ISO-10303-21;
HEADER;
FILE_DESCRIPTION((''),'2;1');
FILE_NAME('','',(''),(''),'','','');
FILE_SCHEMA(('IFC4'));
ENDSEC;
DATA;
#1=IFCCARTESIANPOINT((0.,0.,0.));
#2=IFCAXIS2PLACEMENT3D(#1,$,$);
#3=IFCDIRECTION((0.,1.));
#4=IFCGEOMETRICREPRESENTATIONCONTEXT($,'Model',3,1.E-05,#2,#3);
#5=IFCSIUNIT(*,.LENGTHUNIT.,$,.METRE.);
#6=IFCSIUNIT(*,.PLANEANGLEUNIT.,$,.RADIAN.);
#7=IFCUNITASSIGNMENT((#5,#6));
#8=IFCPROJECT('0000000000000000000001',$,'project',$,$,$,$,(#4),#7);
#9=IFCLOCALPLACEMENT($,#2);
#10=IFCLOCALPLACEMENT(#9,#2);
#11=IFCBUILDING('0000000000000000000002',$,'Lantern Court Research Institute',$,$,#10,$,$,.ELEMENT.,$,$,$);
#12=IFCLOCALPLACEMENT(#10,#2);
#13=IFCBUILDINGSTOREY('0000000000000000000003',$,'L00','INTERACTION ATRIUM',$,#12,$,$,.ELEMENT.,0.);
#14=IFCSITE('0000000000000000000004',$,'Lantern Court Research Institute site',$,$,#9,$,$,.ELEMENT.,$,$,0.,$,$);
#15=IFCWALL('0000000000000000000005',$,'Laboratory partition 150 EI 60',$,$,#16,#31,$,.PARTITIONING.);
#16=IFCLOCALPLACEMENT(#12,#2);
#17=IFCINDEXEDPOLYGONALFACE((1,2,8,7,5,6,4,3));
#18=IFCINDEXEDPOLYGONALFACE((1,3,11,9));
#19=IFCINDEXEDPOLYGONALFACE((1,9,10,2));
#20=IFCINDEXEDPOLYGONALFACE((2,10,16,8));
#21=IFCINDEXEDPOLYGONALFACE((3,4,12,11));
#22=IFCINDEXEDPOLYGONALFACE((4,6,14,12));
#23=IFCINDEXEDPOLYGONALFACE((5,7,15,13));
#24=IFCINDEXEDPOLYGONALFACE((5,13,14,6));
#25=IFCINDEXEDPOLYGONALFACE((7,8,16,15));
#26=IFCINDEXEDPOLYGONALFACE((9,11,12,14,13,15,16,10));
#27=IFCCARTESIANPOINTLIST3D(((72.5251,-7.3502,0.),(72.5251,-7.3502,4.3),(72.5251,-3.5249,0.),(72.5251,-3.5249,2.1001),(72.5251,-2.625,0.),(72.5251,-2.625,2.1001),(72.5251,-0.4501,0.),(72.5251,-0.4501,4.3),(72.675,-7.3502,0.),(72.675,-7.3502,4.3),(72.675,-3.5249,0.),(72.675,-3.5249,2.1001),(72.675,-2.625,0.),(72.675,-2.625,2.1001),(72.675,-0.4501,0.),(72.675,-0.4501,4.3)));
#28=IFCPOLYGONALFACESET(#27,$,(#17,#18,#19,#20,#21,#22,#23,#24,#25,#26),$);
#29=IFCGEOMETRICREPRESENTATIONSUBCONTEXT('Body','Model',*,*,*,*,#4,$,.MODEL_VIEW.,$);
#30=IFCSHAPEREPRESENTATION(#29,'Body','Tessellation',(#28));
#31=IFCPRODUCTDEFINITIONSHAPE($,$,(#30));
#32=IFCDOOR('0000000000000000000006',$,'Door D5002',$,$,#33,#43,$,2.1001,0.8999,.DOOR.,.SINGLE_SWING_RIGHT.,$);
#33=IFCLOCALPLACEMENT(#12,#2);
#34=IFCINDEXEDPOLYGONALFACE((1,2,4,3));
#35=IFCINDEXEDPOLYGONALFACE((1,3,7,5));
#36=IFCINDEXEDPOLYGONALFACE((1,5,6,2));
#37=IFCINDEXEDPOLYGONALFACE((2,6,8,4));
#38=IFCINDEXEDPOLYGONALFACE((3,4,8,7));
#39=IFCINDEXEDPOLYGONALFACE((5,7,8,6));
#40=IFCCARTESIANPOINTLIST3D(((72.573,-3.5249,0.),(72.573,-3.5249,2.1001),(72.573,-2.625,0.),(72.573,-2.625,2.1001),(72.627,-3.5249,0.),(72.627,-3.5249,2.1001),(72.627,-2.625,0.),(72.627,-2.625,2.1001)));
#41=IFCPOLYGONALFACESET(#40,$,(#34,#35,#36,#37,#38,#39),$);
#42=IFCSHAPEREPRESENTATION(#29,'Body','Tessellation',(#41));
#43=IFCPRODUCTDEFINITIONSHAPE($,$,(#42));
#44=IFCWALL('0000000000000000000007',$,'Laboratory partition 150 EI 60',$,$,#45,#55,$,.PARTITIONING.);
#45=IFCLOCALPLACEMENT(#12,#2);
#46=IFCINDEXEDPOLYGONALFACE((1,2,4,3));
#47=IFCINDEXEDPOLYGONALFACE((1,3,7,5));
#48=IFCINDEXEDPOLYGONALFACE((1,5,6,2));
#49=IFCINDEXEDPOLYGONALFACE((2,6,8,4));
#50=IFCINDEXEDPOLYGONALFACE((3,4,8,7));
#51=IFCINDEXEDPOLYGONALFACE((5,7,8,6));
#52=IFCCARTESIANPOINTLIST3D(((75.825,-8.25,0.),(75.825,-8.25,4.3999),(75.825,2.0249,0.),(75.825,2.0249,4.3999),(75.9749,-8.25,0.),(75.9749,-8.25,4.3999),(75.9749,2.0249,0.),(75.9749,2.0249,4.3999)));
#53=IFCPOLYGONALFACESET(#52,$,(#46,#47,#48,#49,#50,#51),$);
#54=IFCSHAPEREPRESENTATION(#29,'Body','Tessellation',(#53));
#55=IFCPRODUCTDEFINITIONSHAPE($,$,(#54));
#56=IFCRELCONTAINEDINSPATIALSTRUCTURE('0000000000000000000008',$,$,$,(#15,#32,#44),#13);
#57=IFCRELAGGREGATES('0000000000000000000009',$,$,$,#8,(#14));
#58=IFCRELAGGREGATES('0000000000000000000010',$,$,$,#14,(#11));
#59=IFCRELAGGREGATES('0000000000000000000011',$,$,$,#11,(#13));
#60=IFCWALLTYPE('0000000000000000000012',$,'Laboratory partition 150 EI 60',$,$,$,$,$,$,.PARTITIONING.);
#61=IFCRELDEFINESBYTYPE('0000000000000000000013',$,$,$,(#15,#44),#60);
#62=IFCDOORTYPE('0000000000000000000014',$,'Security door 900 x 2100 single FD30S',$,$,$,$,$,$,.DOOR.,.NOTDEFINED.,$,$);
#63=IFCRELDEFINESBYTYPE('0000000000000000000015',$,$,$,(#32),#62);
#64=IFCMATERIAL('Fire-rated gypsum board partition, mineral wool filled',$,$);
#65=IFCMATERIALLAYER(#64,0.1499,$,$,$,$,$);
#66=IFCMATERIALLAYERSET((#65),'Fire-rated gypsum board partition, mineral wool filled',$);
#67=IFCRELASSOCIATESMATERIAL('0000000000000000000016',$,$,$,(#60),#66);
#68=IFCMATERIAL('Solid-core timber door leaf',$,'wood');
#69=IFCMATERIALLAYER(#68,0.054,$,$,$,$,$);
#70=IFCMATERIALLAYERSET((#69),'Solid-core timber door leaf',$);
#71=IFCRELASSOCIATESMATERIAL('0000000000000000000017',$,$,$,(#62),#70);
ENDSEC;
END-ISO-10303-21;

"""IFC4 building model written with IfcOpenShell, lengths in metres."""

from ifc_helpers import new_model, si_unit, direction, frame, frame_2d, origin, place, context, subcontext, project, spatial, rectangle, extrude, material, layer, layer_set, type_object, element, fill, save


model = new_model("IFC4")

# Units and contexts
model_context = context("Model", 3, precision=1e-05, world=origin(), true_north=direction((0.0, 1.0)))
body_context = subcontext(model_context, "Body", "Model", "MODEL_VIEW")
ifc_project = project(units=[si_unit("LENGTHUNIT", "METRE"), si_unit("PLANEANGLEUNIT", "RADIAN")], contexts=[model_context])

# Site, building, storey
site_placement = place(None, origin())
site = spatial("IfcSite", under=ifc_project, at=site_placement, Name="Lantern Court Research Institute site", CompositionType="ELEMENT", RefElevation=0.0)
building_placement = place(site_placement, origin())
building = spatial("IfcBuilding", under=site, at=building_placement, Name="Lantern Court Research Institute", CompositionType="ELEMENT")
storey_placement = place(building_placement, origin())
storey = spatial("IfcBuildingStorey", under=building, at=storey_placement, Name="L00", Description="INTERACTION ATRIUM", CompositionType="ELEMENT", Elevation=0.0)

# Wall, opening, door
ifc_material_1 = material(Name="Fire-rated gypsum board partition, mineral wool filled")
ifc_layer_1 = layer(ifc_material_1, 0.1499)
ifc_layer_set_1 = layer_set([ifc_layer_1], Name="Fire-rated gypsum board partition, mineral wool filled")
wall_type = type_object("IfcWallType", Name="Laboratory partition 150 EI 60", PredefinedType="PARTITIONING", material=ifc_layer_set_1)
wall_1_placement = place(storey_placement, frame((72.6001, -0.45, 0.0), z_axis=(0.0, 0.0, 1.0), x_axis=(0.0, -1.0, 0.0)))
wall_1 = element("IfcWall", 1, at=wall_1_placement, inside=storey, type_object=wall_type, Name="Laboratory partition 150 EI 60", PredefinedType="PARTITIONING", context=body_context, shape_type="SweptSolid", body=[
    extrude(rectangle(XDim=6.9001, YDim=0.1499, at=frame_2d((3.4502, 0.0))), origin(), (0.0, 0.0, 1.0), 4.3),
])
opening_placement = place(wall_1_placement, frame((2.175, 0.0, 0.0)))
opening = element("IfcOpeningElement", 2, at=opening_placement, cuts=wall_1, PredefinedType="OPENING", context=body_context, shape_type="SweptSolid", body=[
    extrude(rectangle(XDim=0.8999, YDim=2.1001, at=frame_2d((0.45, 1.05))), frame((0.0, 0.085, 0.0), z_axis=(0.0, -1.0, 0.0), x_axis=(1.0, 0.0, 0.0)), (0.0, 0.0, 1.0), 0.1699),
])
ifc_material_2 = material(Name="Solid-core timber door leaf", Category="wood")
ifc_layer_2 = layer(ifc_material_2, 0.054)
ifc_layer_set_2 = layer_set([ifc_layer_2], Name="Solid-core timber door leaf")
door_type = type_object("IfcDoorType", Name="Security door 900 x 2100 single FD30S", OperationType="NOTDEFINED", PredefinedType="DOOR", material=ifc_layer_set_2)
door_placement = place(opening_placement, origin())
door = element("IfcDoor", 3, at=door_placement, inside=storey, type_object=door_type, Name="Door D5002", OperationType="SINGLE_SWING_RIGHT", OverallHeight=2.1001, OverallWidth=0.8999, PredefinedType="DOOR", context=body_context, shape_type="SweptSolid", body=[
    extrude(rectangle(XDim=0.8999, YDim=2.1001, at=frame_2d((0.45, 1.05))), frame((0.0, 0.0269, 0.0), z_axis=(0.0, -1.0, 0.0), x_axis=(1.0, 0.0, 0.0)), (0.0, 0.0, 1.0), 0.054),
])
fill(opening, door)

# Wall
wall_2_placement = place(storey_placement, frame((75.8999, -8.25, 0.0), z_axis=(0.0, 0.0, 1.0), x_axis=(0.0, 1.0, 0.0)))
element("IfcWall", 4, at=wall_2_placement, inside=storey, type_object=wall_type, Name="Laboratory partition 150 EI 60", PredefinedType="PARTITIONING", context=body_context, shape_type="SweptSolid", body=[
    extrude(rectangle(XDim=10.2749, YDim=0.1499, at=frame_2d((5.1375, 0.0))), origin(), (0.0, 0.0, 1.0), 4.3999),
])

save(model, "model.ifc")
